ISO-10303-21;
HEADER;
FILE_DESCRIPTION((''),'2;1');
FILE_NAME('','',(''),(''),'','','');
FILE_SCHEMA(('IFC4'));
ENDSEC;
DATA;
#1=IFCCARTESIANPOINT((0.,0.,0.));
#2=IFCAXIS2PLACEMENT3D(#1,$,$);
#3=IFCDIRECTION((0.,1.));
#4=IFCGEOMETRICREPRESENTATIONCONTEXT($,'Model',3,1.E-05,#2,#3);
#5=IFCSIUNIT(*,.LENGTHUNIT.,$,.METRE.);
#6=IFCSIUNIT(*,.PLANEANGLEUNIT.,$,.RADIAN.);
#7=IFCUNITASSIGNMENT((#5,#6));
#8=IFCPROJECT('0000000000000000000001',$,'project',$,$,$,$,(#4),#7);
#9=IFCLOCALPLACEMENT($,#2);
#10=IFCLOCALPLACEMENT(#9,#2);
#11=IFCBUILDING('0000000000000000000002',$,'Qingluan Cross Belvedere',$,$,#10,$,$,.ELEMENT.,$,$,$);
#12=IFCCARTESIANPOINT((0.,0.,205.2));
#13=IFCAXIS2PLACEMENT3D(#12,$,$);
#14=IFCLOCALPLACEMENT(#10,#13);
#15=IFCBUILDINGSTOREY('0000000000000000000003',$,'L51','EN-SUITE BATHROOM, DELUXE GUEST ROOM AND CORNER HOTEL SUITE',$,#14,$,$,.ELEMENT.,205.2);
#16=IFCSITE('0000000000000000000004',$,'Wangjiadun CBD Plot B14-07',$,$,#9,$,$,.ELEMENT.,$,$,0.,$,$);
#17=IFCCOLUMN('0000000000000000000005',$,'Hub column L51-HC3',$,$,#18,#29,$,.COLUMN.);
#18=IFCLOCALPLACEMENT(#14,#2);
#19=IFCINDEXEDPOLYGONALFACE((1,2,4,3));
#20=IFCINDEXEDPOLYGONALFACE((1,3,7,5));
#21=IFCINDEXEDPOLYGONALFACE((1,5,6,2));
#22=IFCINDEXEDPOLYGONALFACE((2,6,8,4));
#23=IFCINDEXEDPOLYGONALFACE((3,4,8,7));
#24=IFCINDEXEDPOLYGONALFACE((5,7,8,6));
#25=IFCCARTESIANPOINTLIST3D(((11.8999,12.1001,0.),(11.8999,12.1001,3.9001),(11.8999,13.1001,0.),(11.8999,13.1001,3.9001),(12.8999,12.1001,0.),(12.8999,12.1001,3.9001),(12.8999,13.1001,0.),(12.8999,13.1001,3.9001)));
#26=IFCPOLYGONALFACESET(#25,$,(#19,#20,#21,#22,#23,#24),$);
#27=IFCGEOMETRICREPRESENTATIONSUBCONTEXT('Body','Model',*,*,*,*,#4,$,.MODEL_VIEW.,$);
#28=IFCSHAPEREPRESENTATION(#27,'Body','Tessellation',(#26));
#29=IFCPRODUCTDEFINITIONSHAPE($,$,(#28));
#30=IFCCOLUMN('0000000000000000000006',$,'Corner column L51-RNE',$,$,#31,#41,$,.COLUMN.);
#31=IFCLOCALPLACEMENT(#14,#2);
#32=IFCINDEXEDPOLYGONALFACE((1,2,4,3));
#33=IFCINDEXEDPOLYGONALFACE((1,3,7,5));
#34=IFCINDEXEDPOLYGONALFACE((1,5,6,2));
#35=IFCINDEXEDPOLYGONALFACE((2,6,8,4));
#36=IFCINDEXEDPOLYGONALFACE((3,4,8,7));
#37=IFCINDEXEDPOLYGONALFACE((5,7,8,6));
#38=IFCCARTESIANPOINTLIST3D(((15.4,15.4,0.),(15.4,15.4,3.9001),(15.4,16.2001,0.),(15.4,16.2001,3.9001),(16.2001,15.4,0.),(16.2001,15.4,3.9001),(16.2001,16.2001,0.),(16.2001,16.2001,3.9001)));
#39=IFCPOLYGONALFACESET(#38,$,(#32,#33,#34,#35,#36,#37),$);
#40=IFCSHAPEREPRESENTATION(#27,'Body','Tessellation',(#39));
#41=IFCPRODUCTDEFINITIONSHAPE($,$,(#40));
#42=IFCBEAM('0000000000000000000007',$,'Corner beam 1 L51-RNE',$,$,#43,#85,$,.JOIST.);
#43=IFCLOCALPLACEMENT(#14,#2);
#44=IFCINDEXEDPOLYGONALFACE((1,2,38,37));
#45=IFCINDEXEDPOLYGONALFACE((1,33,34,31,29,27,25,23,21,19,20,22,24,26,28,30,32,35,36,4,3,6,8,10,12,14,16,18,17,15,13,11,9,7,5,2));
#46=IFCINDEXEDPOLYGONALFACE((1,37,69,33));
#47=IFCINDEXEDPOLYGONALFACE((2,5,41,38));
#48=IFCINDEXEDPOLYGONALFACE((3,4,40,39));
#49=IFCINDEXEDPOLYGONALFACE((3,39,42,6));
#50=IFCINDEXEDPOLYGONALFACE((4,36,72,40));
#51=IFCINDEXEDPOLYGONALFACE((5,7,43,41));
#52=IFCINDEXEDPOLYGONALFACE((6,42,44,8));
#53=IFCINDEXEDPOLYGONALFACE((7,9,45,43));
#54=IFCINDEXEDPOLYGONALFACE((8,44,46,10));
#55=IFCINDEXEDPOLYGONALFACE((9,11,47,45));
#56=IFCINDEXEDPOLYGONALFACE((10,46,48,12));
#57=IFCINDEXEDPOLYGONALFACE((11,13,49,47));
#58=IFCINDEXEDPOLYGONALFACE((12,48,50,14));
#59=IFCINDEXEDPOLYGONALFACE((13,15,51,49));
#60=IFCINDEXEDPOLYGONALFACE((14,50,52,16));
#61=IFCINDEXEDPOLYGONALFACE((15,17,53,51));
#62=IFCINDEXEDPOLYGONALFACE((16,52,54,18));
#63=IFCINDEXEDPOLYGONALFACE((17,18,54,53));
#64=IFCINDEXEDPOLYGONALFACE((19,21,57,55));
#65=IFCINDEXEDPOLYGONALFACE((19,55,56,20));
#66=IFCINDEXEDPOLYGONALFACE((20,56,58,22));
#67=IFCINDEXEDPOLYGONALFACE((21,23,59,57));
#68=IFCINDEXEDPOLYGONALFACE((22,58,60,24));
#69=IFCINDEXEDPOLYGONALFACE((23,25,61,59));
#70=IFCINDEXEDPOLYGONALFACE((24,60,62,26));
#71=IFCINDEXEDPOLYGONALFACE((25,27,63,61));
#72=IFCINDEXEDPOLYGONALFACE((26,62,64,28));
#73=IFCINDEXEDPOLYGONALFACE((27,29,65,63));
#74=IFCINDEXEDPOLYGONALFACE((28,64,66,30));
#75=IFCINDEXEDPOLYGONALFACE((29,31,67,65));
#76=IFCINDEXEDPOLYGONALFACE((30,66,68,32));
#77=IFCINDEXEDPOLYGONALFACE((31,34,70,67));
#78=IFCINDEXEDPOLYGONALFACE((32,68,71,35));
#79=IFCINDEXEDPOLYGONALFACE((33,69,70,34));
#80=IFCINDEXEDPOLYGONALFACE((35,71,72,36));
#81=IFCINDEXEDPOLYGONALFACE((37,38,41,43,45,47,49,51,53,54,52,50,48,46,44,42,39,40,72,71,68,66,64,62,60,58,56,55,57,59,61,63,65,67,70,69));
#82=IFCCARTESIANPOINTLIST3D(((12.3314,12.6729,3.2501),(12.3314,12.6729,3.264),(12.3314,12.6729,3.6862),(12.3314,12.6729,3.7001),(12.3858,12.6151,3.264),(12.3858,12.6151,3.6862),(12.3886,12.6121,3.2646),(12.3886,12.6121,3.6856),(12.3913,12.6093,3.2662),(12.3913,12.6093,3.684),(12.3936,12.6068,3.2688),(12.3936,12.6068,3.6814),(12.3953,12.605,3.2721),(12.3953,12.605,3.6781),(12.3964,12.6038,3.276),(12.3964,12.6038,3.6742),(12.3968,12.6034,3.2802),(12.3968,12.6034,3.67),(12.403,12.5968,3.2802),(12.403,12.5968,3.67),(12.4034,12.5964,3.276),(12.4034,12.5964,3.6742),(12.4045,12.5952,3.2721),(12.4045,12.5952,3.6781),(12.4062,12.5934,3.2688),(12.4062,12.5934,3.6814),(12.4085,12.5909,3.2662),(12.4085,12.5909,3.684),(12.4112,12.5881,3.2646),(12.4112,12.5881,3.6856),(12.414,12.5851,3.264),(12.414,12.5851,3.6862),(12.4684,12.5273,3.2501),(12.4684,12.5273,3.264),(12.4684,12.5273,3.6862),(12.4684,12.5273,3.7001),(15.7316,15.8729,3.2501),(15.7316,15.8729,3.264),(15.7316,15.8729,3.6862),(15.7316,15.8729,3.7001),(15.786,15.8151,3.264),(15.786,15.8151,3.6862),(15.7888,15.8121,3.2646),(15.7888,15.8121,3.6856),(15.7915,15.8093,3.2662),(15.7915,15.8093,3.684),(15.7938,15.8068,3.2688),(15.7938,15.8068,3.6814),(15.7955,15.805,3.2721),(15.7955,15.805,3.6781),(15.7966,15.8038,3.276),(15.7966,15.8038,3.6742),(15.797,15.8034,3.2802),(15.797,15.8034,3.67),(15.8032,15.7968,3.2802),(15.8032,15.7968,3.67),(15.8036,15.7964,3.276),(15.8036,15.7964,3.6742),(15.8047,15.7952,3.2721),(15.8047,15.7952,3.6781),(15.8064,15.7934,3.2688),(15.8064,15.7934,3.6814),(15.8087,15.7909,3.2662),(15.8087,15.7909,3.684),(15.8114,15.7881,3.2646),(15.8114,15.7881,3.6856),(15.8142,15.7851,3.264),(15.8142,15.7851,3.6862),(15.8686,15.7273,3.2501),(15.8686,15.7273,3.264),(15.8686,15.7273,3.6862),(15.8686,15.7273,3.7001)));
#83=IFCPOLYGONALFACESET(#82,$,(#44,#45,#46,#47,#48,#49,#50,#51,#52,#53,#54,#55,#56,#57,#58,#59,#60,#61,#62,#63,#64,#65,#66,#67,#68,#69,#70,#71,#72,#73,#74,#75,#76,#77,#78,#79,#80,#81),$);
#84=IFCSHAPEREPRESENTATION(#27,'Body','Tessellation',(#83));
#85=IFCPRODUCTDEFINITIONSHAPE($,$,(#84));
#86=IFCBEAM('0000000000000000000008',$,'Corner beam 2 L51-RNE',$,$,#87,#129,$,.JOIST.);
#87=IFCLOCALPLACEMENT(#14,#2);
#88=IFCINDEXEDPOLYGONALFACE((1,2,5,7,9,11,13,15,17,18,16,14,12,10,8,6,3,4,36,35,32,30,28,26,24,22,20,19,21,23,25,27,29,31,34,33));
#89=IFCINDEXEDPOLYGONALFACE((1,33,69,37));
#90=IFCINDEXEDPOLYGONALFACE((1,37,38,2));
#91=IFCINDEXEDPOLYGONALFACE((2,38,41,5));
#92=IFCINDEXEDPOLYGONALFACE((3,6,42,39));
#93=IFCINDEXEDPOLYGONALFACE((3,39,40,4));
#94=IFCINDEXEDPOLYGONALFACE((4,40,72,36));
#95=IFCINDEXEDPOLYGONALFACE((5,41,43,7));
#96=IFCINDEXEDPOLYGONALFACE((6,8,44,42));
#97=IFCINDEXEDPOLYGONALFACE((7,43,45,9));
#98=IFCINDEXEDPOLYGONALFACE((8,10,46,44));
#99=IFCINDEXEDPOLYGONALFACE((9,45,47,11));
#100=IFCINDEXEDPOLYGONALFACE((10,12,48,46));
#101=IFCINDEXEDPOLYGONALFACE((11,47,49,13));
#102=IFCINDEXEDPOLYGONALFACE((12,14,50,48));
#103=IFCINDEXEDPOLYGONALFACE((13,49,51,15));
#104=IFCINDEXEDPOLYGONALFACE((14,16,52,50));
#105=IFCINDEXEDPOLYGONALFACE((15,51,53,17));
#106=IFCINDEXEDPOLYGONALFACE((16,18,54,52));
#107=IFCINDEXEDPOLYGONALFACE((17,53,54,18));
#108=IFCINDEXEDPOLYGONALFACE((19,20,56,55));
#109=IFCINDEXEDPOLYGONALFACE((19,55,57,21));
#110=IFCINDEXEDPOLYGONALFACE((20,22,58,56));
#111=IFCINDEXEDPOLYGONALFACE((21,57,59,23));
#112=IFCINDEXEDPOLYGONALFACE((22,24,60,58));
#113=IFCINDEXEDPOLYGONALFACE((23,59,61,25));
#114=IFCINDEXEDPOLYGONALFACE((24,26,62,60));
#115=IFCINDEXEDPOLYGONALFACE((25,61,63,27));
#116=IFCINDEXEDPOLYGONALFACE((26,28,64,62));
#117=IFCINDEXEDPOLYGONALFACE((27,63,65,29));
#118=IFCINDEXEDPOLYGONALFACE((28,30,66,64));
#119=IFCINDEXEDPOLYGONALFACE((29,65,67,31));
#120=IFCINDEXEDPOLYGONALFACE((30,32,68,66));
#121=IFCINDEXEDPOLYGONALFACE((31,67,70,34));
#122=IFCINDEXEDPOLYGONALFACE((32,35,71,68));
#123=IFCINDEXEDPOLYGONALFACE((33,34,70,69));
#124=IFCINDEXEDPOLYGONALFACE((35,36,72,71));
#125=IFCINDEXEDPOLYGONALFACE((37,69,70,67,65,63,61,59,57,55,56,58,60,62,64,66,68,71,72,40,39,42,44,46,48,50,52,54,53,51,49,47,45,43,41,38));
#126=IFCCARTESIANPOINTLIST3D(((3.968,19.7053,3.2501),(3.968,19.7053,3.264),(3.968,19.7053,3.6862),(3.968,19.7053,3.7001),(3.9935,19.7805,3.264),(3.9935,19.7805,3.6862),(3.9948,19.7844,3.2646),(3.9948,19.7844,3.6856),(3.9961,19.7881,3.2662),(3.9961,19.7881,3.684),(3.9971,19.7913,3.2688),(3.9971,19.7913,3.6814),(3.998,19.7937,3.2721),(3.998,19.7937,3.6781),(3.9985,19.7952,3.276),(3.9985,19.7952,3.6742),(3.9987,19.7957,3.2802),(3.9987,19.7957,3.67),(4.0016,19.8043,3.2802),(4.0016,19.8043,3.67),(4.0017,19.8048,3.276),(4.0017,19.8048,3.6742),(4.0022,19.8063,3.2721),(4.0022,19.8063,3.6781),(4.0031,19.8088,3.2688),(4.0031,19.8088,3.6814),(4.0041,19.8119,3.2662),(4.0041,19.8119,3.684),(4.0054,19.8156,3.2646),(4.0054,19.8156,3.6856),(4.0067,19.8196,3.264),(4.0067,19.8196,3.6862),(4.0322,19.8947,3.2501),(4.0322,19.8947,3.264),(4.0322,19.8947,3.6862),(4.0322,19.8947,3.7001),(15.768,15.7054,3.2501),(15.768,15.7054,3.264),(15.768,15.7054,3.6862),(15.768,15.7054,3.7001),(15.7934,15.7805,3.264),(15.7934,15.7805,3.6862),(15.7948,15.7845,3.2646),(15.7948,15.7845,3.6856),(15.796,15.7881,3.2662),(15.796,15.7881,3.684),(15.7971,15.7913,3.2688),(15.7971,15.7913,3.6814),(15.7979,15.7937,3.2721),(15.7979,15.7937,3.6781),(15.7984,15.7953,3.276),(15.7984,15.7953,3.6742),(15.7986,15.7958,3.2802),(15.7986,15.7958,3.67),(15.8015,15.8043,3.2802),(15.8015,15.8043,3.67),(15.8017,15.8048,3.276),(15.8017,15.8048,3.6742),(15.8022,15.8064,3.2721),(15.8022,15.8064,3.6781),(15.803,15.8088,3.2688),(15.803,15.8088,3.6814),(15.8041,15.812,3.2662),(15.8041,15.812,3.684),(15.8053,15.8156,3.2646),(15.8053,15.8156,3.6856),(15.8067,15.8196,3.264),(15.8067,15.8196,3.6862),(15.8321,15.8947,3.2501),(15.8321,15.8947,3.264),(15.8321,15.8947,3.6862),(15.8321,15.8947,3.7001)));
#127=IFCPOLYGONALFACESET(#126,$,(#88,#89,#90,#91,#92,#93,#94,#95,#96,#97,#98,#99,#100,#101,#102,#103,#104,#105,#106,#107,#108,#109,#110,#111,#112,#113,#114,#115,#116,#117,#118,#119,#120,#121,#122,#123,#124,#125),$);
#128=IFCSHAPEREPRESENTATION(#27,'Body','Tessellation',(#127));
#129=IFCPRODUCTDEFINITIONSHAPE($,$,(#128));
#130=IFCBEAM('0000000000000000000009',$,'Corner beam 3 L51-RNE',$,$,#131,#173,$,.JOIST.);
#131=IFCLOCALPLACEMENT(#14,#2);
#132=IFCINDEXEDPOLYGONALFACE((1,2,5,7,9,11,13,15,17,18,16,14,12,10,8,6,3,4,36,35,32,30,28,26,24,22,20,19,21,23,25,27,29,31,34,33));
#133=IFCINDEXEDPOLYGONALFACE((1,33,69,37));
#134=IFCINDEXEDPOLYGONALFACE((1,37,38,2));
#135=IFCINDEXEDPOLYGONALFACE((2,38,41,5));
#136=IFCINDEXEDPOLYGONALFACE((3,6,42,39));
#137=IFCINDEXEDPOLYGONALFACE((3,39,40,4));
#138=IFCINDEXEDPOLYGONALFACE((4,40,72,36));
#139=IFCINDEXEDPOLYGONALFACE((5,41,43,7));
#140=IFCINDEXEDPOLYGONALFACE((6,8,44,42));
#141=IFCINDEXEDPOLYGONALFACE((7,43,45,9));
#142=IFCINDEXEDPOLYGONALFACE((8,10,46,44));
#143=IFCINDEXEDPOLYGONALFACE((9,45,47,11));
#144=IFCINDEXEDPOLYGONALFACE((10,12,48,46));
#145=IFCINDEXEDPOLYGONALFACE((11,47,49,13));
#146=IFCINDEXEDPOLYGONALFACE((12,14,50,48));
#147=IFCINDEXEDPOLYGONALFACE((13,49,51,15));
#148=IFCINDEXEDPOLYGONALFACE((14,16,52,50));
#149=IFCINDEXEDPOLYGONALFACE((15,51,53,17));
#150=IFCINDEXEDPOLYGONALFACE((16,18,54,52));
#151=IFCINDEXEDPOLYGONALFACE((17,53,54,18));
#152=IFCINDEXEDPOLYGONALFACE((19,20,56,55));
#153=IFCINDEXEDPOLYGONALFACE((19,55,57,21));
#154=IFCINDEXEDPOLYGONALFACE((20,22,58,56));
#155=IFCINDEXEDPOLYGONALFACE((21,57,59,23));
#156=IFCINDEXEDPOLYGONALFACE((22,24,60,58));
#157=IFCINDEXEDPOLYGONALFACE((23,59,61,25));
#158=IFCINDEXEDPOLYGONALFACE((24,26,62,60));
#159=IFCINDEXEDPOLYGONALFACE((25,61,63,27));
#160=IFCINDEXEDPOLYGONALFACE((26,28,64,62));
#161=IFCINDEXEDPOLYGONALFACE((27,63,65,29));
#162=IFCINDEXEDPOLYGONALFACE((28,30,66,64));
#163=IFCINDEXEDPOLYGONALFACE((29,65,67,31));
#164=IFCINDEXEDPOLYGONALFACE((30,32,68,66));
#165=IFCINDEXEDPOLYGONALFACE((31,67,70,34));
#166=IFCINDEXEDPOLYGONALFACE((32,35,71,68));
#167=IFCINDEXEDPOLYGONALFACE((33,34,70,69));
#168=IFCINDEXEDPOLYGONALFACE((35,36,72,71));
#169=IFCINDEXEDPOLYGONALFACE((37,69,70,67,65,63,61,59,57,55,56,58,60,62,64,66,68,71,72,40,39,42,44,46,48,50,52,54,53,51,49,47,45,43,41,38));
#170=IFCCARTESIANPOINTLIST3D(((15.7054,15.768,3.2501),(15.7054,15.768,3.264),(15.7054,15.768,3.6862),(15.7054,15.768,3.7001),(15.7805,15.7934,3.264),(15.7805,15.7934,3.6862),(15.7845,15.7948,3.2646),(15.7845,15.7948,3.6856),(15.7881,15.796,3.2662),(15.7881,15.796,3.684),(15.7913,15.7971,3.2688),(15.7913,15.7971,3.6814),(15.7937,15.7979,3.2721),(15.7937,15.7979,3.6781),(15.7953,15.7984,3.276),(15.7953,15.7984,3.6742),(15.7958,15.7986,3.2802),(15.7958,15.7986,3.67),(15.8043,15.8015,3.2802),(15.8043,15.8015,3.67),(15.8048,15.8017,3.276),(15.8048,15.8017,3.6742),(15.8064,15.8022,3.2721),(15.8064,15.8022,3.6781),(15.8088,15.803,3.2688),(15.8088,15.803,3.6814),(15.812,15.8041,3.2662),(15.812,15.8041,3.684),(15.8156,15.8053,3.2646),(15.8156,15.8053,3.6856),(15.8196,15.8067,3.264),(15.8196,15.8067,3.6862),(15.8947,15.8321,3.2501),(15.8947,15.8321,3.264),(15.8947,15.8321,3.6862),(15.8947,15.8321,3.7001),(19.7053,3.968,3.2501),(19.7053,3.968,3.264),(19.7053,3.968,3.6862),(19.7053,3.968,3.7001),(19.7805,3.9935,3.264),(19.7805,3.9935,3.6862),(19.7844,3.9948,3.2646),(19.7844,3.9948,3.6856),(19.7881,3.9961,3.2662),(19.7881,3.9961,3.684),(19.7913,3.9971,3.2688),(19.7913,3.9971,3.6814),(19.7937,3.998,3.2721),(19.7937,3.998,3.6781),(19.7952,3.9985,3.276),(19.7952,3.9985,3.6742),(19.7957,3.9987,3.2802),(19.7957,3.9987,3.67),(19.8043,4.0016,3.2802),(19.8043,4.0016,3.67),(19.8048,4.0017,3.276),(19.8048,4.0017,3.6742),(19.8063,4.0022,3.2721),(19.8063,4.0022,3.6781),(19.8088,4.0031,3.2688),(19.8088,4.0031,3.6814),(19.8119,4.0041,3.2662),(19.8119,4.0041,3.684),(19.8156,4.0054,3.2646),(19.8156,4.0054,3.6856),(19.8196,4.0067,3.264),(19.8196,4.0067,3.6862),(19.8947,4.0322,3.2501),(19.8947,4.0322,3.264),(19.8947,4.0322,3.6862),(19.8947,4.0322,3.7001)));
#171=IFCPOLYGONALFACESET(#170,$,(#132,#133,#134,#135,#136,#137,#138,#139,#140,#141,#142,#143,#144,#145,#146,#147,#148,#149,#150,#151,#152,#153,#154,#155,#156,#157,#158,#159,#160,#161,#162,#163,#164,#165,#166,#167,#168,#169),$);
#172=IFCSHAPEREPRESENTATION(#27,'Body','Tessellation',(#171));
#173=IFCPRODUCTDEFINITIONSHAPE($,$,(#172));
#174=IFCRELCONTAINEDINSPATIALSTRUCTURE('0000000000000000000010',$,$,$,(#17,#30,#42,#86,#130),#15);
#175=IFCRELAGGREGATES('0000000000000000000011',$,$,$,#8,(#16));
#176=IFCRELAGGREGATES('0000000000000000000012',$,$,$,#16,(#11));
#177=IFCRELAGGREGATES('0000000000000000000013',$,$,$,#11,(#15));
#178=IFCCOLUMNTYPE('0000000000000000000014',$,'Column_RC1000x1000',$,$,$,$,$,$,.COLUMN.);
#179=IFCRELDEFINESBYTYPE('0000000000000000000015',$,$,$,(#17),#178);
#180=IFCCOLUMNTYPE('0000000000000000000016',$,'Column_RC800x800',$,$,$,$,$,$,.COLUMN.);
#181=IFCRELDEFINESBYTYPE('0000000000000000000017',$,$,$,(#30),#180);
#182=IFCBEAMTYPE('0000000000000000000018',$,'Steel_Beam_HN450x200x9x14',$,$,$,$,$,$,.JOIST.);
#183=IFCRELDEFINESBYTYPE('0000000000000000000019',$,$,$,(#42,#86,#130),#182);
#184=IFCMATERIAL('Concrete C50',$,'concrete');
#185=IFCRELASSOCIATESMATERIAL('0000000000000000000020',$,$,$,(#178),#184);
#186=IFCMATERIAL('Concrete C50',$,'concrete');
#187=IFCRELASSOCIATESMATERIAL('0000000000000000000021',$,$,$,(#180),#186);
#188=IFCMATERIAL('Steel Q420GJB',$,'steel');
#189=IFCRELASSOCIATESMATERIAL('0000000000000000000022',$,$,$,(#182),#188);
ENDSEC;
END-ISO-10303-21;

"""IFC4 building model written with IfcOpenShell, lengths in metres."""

from ifc_helpers import new_model, si_unit, direction, frame, origin, origin_2d, place, context, subcontext, project, spatial, rectangle, i_section, extrude, material, material_profile, profile_set, type_object, element, save


model = new_model("IFC4")

# Units and contexts
model_context = context("Model", 3, precision=1e-05, world=origin(), true_north=direction((0.0, 1.0)))
body_context = subcontext(model_context, "Body", "Model", "MODEL_VIEW")
ifc_project = project(units=[si_unit("LENGTHUNIT", "METRE"), si_unit("PLANEANGLEUNIT", "RADIAN")], contexts=[model_context])

# Site, building, storey
site_placement = place(None, origin())
site = spatial("IfcSite", under=ifc_project, at=site_placement, Name="Wangjiadun CBD Plot B14-07", CompositionType="ELEMENT", RefElevation=0.0)
building_placement = place(site_placement, origin())
building = spatial("IfcBuilding", under=site, at=building_placement, Name="Qingluan Cross Belvedere", CompositionType="ELEMENT")
storey_placement = place(building_placement, frame((0.0, 0.0, 205.2)))
storey = spatial("IfcBuildingStorey", under=building, at=storey_placement, Name="L51", Description="EN-SUITE BATHROOM, DELUXE GUEST ROOM AND CORNER HOTEL SUITE", CompositionType="ELEMENT", Elevation=205.2)

# Columns
ifc_material_1 = material(Name="Concrete C50", Category="concrete")
ifc_material_profile_1 = material_profile(ifc_material_1, rectangle(XDim=1.0, YDim=1.0, at=origin_2d()), Name="RC1000x1000")
ifc_profile_set_1 = profile_set([ifc_material_profile_1], Name="Concrete C50")
column_type_1 = type_object("IfcColumnType", Name="Column_RC1000x1000", PredefinedType="COLUMN", material=ifc_profile_set_1)
column_1_placement = place(storey_placement, frame((12.3999, 12.6001, 0.0), z_axis=(0.0, 0.0, 1.0), x_axis=(1.0, 0.0, 0.0)))
element("IfcColumn", 1, at=column_1_placement, inside=storey, type_object=column_type_1, Name="Hub column L51-HC3", PredefinedType="COLUMN", context=body_context, shape_type="SweptSolid", body=[
    extrude(rectangle(XDim=1.0, YDim=1.0, at=origin_2d()), origin(), (0.0, 0.0, 1.0), 3.9001),
])
ifc_material_2 = material(Name="Concrete C50", Category="concrete")
ifc_material_profile_2 = material_profile(ifc_material_2, rectangle(XDim=0.8, YDim=0.8, at=origin_2d()), Name="RC800x800")
ifc_profile_set_2 = profile_set([ifc_material_profile_2], Name="Concrete C50")
column_type_2 = type_object("IfcColumnType", Name="Column_RC800x800", PredefinedType="COLUMN", material=ifc_profile_set_2)
column_2_placement = place(storey_placement, frame((15.8, 15.8, 0.0), z_axis=(0.0, 0.0, 1.0), x_axis=(1.0, 0.0, 0.0)))
element("IfcColumn", 2, at=column_2_placement, inside=storey, type_object=column_type_2, Name="Corner column L51-RNE", PredefinedType="COLUMN", context=body_context, shape_type="SweptSolid", body=[
    extrude(rectangle(XDim=0.8, YDim=0.8, at=origin_2d()), origin(), (0.0, 0.0, 1.0), 3.9001),
])

# Beams
ifc_material_3 = material(Name="Steel Q420GJB", Category="steel")
ifc_material_profile_3 = material_profile(ifc_material_3, i_section(OverallWidth=0.2, OverallDepth=0.45, WebThickness=0.009, FlangeThickness=0.0139, FilletRadius=0.0161, at=origin_2d()), Name="HN450x200x9x14")
ifc_profile_set_3 = profile_set([ifc_material_profile_3], Name="Steel Q420GJB")
beam_type = type_object("IfcBeamType", Name="Steel_Beam_HN450x200x9x14", PredefinedType="JOIST", material=ifc_profile_set_3)
beam_1_placement = place(storey_placement, frame((12.3999, 12.6001, 3.4751), z_axis=(0.72822, 0.685343, 0.0), x_axis=(-0.685343, 0.72822, 0.0)))
element("IfcBeam", 3, at=beam_1_placement, inside=storey, type_object=beam_type, Name="Corner beam 1 L51-RNE", PredefinedType="JOIST", context=body_context, shape_type="SweptSolid", body=[
    extrude(i_section(OverallWidth=0.2, OverallDepth=0.45, WebThickness=0.009, FlangeThickness=0.0139, FilletRadius=0.0161, at=origin_2d()), origin(), (0.0, 0.0, 1.0), 4.6692),
])
for number, where, z_axis, x_axis, name in (
    (4, (15.8, 15.8, 3.4751), (-0.947066, 0.321038, 0.0), (-0.321038, -0.947066, 0.0), "Corner beam 2 L51-RNE"),
    (5, (15.8, 15.8, 3.4751), (0.321038, -0.947066, 0.0), (0.947066, 0.321038, 0.0), "Corner beam 3 L51-RNE"),
):
    element("IfcBeam", number, at=place(storey_placement, frame(where, z_axis=z_axis, x_axis=x_axis)), inside=storey, type_object=beam_type, Name=name, PredefinedType="JOIST", context=body_context, shape_type="SweptSolid", body=[
        extrude(i_section(OverallWidth=0.2, OverallDepth=0.45, WebThickness=0.009, FlangeThickness=0.0139, FilletRadius=0.0161, at=origin_2d()), origin(), (0.0, 0.0, 1.0), 12.4595),
    ])

save(model, "model.ifc")
